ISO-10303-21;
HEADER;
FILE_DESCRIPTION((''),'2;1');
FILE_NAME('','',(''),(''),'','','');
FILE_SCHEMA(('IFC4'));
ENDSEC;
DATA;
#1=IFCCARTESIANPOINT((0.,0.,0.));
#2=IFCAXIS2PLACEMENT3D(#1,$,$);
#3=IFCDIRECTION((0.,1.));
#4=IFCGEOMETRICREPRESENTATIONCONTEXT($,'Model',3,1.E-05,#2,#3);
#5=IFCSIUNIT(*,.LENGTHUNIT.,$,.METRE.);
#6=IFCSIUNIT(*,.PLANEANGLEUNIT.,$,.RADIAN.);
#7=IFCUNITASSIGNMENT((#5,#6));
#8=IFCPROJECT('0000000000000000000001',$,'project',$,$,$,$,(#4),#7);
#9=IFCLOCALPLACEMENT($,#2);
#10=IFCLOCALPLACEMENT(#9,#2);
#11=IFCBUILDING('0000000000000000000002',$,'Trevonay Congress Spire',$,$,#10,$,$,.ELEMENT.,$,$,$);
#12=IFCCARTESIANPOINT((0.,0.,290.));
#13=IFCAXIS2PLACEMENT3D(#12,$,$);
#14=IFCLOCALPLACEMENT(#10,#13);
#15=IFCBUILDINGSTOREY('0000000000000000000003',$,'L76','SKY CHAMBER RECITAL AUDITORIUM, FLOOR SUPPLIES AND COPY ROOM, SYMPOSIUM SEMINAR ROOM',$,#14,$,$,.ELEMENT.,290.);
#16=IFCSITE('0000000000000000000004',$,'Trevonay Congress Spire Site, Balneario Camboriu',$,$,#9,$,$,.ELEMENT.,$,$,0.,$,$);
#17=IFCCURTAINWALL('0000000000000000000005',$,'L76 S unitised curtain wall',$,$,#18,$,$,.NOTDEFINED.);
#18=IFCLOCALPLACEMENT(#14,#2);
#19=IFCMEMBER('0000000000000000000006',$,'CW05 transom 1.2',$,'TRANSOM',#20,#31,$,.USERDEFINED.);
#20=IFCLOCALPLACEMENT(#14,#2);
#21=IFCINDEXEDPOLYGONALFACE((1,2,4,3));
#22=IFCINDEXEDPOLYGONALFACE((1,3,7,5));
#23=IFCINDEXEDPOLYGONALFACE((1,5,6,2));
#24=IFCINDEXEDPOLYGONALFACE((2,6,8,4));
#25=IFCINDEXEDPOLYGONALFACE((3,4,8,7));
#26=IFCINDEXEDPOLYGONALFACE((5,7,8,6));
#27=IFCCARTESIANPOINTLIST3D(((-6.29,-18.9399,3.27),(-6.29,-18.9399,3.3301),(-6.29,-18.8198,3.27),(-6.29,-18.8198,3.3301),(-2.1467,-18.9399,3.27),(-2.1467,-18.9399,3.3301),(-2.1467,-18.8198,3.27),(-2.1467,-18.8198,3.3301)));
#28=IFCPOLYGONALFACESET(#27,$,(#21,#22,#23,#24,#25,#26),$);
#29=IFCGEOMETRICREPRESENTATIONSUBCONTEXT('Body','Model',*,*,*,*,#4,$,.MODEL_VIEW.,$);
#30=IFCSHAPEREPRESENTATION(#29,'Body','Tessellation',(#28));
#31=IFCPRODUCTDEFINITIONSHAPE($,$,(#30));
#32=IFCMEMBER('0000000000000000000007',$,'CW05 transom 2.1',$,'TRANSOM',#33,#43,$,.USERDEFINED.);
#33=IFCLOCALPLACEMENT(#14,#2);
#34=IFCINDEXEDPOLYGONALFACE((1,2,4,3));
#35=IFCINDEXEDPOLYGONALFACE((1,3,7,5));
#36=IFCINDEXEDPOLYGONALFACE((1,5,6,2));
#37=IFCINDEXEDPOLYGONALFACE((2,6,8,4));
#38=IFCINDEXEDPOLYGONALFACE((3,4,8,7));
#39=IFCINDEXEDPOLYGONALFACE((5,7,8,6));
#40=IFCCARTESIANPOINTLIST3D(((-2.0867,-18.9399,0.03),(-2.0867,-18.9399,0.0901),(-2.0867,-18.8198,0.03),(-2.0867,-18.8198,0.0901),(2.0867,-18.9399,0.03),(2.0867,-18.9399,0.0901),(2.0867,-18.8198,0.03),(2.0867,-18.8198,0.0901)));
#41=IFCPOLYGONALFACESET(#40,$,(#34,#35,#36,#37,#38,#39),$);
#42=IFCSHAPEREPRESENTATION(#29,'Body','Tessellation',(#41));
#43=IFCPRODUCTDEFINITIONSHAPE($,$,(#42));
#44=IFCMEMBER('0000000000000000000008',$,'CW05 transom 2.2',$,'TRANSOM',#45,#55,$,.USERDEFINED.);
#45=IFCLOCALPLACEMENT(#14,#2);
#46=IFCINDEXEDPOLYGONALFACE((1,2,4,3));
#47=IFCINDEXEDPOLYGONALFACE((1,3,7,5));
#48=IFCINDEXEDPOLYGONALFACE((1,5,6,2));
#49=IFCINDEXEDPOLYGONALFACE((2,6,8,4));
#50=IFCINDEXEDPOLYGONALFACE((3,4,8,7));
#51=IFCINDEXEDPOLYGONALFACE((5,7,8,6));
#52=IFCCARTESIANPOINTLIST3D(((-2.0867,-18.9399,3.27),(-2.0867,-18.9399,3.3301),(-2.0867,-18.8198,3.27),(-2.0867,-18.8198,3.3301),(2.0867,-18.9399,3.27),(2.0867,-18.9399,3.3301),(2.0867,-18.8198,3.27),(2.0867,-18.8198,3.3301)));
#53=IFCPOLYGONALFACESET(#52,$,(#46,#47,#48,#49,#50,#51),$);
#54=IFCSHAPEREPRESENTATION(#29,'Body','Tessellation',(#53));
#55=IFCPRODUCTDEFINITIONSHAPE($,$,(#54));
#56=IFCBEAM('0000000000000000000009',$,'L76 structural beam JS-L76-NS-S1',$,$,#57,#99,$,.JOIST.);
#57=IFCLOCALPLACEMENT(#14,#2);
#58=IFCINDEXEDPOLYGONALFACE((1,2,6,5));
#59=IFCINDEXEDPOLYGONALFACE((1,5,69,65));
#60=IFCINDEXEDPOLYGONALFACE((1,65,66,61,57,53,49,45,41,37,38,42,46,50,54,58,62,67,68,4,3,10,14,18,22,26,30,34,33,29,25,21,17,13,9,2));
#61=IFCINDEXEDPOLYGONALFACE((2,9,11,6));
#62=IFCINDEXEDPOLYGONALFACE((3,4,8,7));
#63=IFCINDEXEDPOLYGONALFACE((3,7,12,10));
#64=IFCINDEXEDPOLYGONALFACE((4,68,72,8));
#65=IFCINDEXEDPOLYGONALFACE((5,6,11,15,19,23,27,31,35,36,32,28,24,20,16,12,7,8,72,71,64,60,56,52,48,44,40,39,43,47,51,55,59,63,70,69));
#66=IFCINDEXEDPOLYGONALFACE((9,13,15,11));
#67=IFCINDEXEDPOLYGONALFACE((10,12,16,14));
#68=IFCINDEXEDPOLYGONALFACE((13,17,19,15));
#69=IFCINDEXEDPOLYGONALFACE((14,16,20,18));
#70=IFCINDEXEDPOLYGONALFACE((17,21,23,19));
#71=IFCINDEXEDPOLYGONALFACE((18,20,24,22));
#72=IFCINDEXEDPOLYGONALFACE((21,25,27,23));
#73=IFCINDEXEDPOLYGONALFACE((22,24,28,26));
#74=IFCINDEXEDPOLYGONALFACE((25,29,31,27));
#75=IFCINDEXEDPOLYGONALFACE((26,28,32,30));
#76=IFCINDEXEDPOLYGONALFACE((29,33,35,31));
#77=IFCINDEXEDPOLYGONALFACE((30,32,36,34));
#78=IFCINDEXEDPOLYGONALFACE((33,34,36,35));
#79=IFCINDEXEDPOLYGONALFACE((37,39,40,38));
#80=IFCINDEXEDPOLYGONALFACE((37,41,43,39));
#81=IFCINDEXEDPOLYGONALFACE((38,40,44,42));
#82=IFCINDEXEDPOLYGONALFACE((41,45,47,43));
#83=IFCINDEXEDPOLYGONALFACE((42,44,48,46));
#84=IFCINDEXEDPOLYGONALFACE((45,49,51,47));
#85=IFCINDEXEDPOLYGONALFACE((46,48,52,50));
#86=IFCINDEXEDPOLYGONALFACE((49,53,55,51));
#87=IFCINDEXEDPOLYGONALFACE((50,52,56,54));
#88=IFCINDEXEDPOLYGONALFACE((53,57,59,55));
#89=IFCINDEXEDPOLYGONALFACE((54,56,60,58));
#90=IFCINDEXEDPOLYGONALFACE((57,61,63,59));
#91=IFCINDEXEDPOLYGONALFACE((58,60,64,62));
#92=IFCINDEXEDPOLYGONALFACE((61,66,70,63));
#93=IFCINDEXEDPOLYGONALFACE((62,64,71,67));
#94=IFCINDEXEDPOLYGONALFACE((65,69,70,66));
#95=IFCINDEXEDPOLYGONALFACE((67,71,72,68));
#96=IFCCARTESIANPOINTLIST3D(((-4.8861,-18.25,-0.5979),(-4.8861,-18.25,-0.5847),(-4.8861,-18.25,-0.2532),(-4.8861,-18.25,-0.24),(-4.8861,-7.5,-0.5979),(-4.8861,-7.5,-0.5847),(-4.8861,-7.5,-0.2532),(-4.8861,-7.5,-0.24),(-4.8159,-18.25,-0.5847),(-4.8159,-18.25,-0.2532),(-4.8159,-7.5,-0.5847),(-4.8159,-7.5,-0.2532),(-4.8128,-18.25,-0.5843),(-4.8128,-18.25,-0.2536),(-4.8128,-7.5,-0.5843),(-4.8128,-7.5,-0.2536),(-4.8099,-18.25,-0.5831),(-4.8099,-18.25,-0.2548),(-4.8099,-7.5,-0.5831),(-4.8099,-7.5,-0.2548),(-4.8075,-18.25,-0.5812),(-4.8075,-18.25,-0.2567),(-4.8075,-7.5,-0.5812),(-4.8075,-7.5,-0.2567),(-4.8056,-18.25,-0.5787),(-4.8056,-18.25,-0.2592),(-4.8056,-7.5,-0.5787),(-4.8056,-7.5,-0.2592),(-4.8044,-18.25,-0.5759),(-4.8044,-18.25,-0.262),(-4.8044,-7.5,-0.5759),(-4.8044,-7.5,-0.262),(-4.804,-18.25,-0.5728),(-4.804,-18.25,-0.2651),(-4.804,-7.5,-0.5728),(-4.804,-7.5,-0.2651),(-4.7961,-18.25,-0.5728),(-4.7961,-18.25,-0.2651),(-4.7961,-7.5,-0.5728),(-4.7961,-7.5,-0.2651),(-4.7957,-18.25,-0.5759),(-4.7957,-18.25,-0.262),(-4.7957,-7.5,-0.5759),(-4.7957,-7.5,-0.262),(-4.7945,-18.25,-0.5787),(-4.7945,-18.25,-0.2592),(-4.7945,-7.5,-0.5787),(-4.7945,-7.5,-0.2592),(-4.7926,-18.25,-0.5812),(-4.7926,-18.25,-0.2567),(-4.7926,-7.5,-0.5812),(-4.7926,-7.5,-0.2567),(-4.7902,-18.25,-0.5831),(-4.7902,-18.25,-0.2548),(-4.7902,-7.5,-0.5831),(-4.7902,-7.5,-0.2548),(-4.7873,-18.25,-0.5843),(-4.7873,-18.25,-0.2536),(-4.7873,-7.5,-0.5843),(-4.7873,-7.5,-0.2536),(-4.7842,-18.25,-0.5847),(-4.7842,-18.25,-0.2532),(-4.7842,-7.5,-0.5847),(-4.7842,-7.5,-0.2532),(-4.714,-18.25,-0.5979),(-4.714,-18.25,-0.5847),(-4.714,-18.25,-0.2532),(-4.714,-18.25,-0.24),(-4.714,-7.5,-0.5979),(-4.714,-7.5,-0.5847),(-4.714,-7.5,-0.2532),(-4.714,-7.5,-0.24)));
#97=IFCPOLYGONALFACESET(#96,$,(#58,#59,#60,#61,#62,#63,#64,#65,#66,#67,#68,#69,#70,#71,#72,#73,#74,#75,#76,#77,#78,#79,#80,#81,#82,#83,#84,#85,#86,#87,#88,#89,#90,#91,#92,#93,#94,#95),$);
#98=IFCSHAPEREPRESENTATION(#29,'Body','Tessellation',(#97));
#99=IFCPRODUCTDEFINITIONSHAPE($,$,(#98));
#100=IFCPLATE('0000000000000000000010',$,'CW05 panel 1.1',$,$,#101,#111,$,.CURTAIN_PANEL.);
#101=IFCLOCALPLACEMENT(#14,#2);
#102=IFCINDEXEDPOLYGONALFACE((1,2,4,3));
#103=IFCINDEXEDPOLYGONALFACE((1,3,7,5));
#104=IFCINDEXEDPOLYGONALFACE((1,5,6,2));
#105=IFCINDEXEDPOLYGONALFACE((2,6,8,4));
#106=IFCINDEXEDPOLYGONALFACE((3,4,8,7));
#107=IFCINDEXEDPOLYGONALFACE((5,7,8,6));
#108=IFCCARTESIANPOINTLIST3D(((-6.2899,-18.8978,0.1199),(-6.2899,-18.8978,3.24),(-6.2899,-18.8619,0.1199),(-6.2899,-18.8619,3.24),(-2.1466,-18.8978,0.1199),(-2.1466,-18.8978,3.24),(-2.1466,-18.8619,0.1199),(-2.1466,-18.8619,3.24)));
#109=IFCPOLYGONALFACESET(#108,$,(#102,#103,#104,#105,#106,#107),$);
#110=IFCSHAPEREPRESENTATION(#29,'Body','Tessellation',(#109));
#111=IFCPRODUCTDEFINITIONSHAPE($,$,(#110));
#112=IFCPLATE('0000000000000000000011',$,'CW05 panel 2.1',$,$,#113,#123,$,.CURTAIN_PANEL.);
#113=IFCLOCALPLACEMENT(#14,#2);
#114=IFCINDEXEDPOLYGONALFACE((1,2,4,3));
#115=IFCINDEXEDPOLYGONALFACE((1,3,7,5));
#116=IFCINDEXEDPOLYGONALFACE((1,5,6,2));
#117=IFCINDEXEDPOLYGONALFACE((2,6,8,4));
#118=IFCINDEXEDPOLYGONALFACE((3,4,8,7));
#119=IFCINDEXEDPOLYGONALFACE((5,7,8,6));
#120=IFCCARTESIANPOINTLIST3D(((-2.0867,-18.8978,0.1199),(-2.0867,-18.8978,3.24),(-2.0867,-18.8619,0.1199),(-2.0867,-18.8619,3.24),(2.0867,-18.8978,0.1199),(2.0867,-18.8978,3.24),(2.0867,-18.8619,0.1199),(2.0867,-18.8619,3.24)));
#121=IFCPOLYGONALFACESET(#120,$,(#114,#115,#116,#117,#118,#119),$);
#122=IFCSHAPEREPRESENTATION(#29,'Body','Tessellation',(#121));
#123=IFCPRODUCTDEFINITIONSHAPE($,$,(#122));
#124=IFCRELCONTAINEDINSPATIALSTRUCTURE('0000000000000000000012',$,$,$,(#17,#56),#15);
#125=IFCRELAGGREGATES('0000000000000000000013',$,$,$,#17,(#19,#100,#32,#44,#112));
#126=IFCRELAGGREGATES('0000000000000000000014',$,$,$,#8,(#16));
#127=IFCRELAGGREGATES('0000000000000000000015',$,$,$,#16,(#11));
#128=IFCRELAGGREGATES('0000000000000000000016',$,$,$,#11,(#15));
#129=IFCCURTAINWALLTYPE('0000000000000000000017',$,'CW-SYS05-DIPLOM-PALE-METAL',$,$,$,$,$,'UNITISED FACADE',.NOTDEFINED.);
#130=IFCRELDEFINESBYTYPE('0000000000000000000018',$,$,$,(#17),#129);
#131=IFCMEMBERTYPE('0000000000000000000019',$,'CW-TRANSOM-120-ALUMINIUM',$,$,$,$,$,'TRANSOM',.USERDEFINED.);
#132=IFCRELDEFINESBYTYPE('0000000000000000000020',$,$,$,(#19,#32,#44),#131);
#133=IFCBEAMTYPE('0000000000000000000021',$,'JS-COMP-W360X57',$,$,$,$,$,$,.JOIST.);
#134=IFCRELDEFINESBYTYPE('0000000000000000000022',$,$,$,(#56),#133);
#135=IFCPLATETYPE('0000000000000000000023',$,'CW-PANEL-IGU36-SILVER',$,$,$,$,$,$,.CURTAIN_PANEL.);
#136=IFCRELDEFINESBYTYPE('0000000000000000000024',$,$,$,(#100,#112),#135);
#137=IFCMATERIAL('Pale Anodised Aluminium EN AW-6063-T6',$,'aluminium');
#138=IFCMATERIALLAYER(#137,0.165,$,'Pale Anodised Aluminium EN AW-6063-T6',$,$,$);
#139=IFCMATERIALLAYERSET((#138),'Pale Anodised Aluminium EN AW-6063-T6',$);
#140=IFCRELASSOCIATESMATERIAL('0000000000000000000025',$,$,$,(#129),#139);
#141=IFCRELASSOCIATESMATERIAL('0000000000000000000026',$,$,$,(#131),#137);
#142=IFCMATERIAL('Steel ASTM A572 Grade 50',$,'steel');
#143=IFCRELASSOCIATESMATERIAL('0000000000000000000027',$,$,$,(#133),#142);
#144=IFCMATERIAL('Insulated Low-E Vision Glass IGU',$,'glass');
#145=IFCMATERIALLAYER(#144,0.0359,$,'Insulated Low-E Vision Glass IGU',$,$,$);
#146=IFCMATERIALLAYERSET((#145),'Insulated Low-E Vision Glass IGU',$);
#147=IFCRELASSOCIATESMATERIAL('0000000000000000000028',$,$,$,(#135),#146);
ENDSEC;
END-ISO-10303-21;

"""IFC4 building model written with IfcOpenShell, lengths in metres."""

from ifc_helpers import new_model, si_unit, direction, frame, origin, origin_2d, place, context, subcontext, project, spatial, rectangle, i_section, extrude, material, layer, layer_set, material_profile, profile_set, type_object, element, aggregate, save


model = new_model("IFC4")

# Units and contexts
model_context = context("Model", 3, precision=1e-05, world=origin(), true_north=direction((0.0, 1.0)))
body_context = subcontext(model_context, "Body", "Model", "MODEL_VIEW")
ifc_project = project(units=[si_unit("LENGTHUNIT", "METRE"), si_unit("PLANEANGLEUNIT", "RADIAN")], contexts=[model_context])

# Site, building, storey
site_placement = place(None, origin())
site = spatial("IfcSite", under=ifc_project, at=site_placement, Name="Trevonay Congress Spire Site, Balneario Camboriu", CompositionType="ELEMENT", RefElevation=0.0)
building_placement = place(site_placement, origin())
building = spatial("IfcBuilding", under=site, at=building_placement, Name="Trevonay Congress Spire", CompositionType="ELEMENT")
storey_placement = place(building_placement, frame((0.0, 0.0, 290.0)))
storey = spatial("IfcBuildingStorey", under=building, at=storey_placement, Name="L76", Description="SKY CHAMBER RECITAL AUDITORIUM, FLOOR SUPPLIES AND COPY ROOM, SYMPOSIUM SEMINAR ROOM", CompositionType="ELEMENT", Elevation=290.0)

# Shared definitions
ifc_material_1 = material(Name="Steel ASTM A572 Grade 50", Category="steel")

# Curtain wall, members
ifc_material_2 = material(Name="Pale Anodised Aluminium EN AW-6063-T6", Category="aluminium")
ifc_layer_1 = layer(ifc_material_2, 0.165, Name="Pale Anodised Aluminium EN AW-6063-T6")
ifc_layer_set_1 = layer_set([ifc_layer_1], Name="Pale Anodised Aluminium EN AW-6063-T6")
curtain_wall_type = type_object("IfcCurtainWallType", Name="CW-SYS05-DIPLOM-PALE-METAL", ElementType="UNITISED FACADE", PredefinedType="NOTDEFINED", material=ifc_layer_set_1)
curtain_wall_placement = place(storey_placement, origin())
curtain_wall = element("IfcCurtainWall", 1, at=curtain_wall_placement, inside=storey, type_object=curtain_wall_type, Name="L76 S unitised curtain wall", PredefinedType="NOTDEFINED")
ifc_material_profile_1 = material_profile(ifc_material_2, rectangle(XDim=0.1201, YDim=0.0601, at=origin_2d()), Name="CW-TRANSOM-120-ALUMINIUM")
ifc_profile_set_1 = profile_set([ifc_material_profile_1], Name="Pale Anodised Aluminium EN AW-6063-T6")
member_type_1 = type_object("IfcMemberType", Name="CW-TRANSOM-120-ALUMINIUM", ElementType="TRANSOM", PredefinedType="USERDEFINED", material=ifc_profile_set_1)
member_1_placement = place(storey_placement, frame((-6.29, -18.8799, 3.3), z_axis=(1.0, 0.0, 0.0), x_axis=(0.0, 1.0, 0.0)))
member_1 = element("IfcMember", 2, at=member_1_placement, type_object=member_type_1, Name="CW05 transom 1.2", ObjectType="TRANSOM", PredefinedType="USERDEFINED", context=body_context, shape_type="SweptSolid", body=[
    extrude(rectangle(XDim=0.1201, YDim=0.0601, at=origin_2d()), origin(), (0.0, 0.0, 1.0), 4.1433),
])
member_2_placement = place(storey_placement, frame((-2.0867, -18.8799, 0.0601), z_axis=(1.0, 0.0, 0.0), x_axis=(0.0, 1.0, 0.0)))
member_2 = element("IfcMember", 3, at=member_2_placement, type_object=member_type_1, Name="CW05 transom 2.1", ObjectType="TRANSOM", PredefinedType="USERDEFINED", context=body_context, shape_type="SweptSolid", body=[
    extrude(rectangle(XDim=0.1201, YDim=0.0601, at=origin_2d()), origin(), (0.0, 0.0, 1.0), 4.1733),
])
member_3_placement = place(storey_placement, frame((-2.0867, -18.8799, 3.3), z_axis=(1.0, 0.0, 0.0), x_axis=(0.0, 1.0, 0.0)))
member_3 = element("IfcMember", 4, at=member_3_placement, type_object=member_type_1, Name="CW05 transom 2.2", ObjectType="TRANSOM", PredefinedType="USERDEFINED", context=body_context, shape_type="SweptSolid", body=[
    extrude(rectangle(XDim=0.1201, YDim=0.0601, at=origin_2d()), origin(), (0.0, 0.0, 1.0), 4.1733),
])

# Beam
ifc_material_profile_2 = material_profile(ifc_material_1, i_section(OverallWidth=0.1721, OverallDepth=0.3579, WebThickness=0.0078, FlangeThickness=0.0132, FilletRadius=0.012, at=origin_2d()), Name="W360x57.8")
ifc_profile_set_2 = profile_set([ifc_material_profile_2], Name="Steel ASTM A572 Grade 50")
beam_type_1 = type_object("IfcBeamType", Name="JS-COMP-W360X57", PredefinedType="JOIST", material=ifc_profile_set_2)
beam_placement = place(storey_placement, frame((-4.8, -18.25, -0.4189), z_axis=(0.0, 1.0, 0.0), x_axis=(-1.0, 0.0, 0.0)))
element("IfcBeam", 5, at=beam_placement, inside=storey, type_object=beam_type_1, Name="L76 structural beam JS-L76-NS-S1", PredefinedType="JOIST", context=body_context, shape_type="SweptSolid", body=[
    extrude(i_section(OverallWidth=0.1721, OverallDepth=0.3579, WebThickness=0.0078, FlangeThickness=0.0132, FilletRadius=0.012, at=origin_2d()), origin(), (0.0, 0.0, 1.0), 10.75),
])

# Plates
ifc_material_3 = material(Name="Insulated Low-E Vision Glass IGU", Category="glass")
ifc_layer_2 = layer(ifc_material_3, 0.0359, Name="Insulated Low-E Vision Glass IGU")
ifc_layer_set_2 = layer_set([ifc_layer_2], Name="Insulated Low-E Vision Glass IGU")
plate_type = type_object("IfcPlateType", Name="CW-PANEL-IGU36-SILVER", PredefinedType="CURTAIN_PANEL", material=ifc_layer_set_2)
plate_1_placement = place(storey_placement, frame((-4.2183, -18.8799, 0.1199), z_axis=(0.0, 0.0, 1.0), x_axis=(1.0, 0.0, 0.0)))
plate_1 = element("IfcPlate", 6, at=plate_1_placement, type_object=plate_type, Name="CW05 panel 1.1", PredefinedType="CURTAIN_PANEL", context=body_context, shape_type="SweptSolid", body=[
    extrude(rectangle(XDim=4.1433, YDim=0.0359, at=origin_2d()), origin(), (0.0, 0.0, 1.0), 3.1201),
])
plate_2_placement = place(storey_placement, frame((0.0, -18.8799, 0.1199), z_axis=(0.0, 0.0, 1.0), x_axis=(1.0, 0.0, 0.0)))
plate_2 = element("IfcPlate", 7, at=plate_2_placement, type_object=plate_type, Name="CW05 panel 2.1", PredefinedType="CURTAIN_PANEL", context=body_context, shape_type="SweptSolid", body=[
    extrude(rectangle(XDim=4.1733, YDim=0.0359, at=origin_2d()), origin(), (0.0, 0.0, 1.0), 3.1201),
])
aggregate(curtain_wall, [member_1, plate_1, member_2, member_3, plate_2])

save(model, "model.ifc")
